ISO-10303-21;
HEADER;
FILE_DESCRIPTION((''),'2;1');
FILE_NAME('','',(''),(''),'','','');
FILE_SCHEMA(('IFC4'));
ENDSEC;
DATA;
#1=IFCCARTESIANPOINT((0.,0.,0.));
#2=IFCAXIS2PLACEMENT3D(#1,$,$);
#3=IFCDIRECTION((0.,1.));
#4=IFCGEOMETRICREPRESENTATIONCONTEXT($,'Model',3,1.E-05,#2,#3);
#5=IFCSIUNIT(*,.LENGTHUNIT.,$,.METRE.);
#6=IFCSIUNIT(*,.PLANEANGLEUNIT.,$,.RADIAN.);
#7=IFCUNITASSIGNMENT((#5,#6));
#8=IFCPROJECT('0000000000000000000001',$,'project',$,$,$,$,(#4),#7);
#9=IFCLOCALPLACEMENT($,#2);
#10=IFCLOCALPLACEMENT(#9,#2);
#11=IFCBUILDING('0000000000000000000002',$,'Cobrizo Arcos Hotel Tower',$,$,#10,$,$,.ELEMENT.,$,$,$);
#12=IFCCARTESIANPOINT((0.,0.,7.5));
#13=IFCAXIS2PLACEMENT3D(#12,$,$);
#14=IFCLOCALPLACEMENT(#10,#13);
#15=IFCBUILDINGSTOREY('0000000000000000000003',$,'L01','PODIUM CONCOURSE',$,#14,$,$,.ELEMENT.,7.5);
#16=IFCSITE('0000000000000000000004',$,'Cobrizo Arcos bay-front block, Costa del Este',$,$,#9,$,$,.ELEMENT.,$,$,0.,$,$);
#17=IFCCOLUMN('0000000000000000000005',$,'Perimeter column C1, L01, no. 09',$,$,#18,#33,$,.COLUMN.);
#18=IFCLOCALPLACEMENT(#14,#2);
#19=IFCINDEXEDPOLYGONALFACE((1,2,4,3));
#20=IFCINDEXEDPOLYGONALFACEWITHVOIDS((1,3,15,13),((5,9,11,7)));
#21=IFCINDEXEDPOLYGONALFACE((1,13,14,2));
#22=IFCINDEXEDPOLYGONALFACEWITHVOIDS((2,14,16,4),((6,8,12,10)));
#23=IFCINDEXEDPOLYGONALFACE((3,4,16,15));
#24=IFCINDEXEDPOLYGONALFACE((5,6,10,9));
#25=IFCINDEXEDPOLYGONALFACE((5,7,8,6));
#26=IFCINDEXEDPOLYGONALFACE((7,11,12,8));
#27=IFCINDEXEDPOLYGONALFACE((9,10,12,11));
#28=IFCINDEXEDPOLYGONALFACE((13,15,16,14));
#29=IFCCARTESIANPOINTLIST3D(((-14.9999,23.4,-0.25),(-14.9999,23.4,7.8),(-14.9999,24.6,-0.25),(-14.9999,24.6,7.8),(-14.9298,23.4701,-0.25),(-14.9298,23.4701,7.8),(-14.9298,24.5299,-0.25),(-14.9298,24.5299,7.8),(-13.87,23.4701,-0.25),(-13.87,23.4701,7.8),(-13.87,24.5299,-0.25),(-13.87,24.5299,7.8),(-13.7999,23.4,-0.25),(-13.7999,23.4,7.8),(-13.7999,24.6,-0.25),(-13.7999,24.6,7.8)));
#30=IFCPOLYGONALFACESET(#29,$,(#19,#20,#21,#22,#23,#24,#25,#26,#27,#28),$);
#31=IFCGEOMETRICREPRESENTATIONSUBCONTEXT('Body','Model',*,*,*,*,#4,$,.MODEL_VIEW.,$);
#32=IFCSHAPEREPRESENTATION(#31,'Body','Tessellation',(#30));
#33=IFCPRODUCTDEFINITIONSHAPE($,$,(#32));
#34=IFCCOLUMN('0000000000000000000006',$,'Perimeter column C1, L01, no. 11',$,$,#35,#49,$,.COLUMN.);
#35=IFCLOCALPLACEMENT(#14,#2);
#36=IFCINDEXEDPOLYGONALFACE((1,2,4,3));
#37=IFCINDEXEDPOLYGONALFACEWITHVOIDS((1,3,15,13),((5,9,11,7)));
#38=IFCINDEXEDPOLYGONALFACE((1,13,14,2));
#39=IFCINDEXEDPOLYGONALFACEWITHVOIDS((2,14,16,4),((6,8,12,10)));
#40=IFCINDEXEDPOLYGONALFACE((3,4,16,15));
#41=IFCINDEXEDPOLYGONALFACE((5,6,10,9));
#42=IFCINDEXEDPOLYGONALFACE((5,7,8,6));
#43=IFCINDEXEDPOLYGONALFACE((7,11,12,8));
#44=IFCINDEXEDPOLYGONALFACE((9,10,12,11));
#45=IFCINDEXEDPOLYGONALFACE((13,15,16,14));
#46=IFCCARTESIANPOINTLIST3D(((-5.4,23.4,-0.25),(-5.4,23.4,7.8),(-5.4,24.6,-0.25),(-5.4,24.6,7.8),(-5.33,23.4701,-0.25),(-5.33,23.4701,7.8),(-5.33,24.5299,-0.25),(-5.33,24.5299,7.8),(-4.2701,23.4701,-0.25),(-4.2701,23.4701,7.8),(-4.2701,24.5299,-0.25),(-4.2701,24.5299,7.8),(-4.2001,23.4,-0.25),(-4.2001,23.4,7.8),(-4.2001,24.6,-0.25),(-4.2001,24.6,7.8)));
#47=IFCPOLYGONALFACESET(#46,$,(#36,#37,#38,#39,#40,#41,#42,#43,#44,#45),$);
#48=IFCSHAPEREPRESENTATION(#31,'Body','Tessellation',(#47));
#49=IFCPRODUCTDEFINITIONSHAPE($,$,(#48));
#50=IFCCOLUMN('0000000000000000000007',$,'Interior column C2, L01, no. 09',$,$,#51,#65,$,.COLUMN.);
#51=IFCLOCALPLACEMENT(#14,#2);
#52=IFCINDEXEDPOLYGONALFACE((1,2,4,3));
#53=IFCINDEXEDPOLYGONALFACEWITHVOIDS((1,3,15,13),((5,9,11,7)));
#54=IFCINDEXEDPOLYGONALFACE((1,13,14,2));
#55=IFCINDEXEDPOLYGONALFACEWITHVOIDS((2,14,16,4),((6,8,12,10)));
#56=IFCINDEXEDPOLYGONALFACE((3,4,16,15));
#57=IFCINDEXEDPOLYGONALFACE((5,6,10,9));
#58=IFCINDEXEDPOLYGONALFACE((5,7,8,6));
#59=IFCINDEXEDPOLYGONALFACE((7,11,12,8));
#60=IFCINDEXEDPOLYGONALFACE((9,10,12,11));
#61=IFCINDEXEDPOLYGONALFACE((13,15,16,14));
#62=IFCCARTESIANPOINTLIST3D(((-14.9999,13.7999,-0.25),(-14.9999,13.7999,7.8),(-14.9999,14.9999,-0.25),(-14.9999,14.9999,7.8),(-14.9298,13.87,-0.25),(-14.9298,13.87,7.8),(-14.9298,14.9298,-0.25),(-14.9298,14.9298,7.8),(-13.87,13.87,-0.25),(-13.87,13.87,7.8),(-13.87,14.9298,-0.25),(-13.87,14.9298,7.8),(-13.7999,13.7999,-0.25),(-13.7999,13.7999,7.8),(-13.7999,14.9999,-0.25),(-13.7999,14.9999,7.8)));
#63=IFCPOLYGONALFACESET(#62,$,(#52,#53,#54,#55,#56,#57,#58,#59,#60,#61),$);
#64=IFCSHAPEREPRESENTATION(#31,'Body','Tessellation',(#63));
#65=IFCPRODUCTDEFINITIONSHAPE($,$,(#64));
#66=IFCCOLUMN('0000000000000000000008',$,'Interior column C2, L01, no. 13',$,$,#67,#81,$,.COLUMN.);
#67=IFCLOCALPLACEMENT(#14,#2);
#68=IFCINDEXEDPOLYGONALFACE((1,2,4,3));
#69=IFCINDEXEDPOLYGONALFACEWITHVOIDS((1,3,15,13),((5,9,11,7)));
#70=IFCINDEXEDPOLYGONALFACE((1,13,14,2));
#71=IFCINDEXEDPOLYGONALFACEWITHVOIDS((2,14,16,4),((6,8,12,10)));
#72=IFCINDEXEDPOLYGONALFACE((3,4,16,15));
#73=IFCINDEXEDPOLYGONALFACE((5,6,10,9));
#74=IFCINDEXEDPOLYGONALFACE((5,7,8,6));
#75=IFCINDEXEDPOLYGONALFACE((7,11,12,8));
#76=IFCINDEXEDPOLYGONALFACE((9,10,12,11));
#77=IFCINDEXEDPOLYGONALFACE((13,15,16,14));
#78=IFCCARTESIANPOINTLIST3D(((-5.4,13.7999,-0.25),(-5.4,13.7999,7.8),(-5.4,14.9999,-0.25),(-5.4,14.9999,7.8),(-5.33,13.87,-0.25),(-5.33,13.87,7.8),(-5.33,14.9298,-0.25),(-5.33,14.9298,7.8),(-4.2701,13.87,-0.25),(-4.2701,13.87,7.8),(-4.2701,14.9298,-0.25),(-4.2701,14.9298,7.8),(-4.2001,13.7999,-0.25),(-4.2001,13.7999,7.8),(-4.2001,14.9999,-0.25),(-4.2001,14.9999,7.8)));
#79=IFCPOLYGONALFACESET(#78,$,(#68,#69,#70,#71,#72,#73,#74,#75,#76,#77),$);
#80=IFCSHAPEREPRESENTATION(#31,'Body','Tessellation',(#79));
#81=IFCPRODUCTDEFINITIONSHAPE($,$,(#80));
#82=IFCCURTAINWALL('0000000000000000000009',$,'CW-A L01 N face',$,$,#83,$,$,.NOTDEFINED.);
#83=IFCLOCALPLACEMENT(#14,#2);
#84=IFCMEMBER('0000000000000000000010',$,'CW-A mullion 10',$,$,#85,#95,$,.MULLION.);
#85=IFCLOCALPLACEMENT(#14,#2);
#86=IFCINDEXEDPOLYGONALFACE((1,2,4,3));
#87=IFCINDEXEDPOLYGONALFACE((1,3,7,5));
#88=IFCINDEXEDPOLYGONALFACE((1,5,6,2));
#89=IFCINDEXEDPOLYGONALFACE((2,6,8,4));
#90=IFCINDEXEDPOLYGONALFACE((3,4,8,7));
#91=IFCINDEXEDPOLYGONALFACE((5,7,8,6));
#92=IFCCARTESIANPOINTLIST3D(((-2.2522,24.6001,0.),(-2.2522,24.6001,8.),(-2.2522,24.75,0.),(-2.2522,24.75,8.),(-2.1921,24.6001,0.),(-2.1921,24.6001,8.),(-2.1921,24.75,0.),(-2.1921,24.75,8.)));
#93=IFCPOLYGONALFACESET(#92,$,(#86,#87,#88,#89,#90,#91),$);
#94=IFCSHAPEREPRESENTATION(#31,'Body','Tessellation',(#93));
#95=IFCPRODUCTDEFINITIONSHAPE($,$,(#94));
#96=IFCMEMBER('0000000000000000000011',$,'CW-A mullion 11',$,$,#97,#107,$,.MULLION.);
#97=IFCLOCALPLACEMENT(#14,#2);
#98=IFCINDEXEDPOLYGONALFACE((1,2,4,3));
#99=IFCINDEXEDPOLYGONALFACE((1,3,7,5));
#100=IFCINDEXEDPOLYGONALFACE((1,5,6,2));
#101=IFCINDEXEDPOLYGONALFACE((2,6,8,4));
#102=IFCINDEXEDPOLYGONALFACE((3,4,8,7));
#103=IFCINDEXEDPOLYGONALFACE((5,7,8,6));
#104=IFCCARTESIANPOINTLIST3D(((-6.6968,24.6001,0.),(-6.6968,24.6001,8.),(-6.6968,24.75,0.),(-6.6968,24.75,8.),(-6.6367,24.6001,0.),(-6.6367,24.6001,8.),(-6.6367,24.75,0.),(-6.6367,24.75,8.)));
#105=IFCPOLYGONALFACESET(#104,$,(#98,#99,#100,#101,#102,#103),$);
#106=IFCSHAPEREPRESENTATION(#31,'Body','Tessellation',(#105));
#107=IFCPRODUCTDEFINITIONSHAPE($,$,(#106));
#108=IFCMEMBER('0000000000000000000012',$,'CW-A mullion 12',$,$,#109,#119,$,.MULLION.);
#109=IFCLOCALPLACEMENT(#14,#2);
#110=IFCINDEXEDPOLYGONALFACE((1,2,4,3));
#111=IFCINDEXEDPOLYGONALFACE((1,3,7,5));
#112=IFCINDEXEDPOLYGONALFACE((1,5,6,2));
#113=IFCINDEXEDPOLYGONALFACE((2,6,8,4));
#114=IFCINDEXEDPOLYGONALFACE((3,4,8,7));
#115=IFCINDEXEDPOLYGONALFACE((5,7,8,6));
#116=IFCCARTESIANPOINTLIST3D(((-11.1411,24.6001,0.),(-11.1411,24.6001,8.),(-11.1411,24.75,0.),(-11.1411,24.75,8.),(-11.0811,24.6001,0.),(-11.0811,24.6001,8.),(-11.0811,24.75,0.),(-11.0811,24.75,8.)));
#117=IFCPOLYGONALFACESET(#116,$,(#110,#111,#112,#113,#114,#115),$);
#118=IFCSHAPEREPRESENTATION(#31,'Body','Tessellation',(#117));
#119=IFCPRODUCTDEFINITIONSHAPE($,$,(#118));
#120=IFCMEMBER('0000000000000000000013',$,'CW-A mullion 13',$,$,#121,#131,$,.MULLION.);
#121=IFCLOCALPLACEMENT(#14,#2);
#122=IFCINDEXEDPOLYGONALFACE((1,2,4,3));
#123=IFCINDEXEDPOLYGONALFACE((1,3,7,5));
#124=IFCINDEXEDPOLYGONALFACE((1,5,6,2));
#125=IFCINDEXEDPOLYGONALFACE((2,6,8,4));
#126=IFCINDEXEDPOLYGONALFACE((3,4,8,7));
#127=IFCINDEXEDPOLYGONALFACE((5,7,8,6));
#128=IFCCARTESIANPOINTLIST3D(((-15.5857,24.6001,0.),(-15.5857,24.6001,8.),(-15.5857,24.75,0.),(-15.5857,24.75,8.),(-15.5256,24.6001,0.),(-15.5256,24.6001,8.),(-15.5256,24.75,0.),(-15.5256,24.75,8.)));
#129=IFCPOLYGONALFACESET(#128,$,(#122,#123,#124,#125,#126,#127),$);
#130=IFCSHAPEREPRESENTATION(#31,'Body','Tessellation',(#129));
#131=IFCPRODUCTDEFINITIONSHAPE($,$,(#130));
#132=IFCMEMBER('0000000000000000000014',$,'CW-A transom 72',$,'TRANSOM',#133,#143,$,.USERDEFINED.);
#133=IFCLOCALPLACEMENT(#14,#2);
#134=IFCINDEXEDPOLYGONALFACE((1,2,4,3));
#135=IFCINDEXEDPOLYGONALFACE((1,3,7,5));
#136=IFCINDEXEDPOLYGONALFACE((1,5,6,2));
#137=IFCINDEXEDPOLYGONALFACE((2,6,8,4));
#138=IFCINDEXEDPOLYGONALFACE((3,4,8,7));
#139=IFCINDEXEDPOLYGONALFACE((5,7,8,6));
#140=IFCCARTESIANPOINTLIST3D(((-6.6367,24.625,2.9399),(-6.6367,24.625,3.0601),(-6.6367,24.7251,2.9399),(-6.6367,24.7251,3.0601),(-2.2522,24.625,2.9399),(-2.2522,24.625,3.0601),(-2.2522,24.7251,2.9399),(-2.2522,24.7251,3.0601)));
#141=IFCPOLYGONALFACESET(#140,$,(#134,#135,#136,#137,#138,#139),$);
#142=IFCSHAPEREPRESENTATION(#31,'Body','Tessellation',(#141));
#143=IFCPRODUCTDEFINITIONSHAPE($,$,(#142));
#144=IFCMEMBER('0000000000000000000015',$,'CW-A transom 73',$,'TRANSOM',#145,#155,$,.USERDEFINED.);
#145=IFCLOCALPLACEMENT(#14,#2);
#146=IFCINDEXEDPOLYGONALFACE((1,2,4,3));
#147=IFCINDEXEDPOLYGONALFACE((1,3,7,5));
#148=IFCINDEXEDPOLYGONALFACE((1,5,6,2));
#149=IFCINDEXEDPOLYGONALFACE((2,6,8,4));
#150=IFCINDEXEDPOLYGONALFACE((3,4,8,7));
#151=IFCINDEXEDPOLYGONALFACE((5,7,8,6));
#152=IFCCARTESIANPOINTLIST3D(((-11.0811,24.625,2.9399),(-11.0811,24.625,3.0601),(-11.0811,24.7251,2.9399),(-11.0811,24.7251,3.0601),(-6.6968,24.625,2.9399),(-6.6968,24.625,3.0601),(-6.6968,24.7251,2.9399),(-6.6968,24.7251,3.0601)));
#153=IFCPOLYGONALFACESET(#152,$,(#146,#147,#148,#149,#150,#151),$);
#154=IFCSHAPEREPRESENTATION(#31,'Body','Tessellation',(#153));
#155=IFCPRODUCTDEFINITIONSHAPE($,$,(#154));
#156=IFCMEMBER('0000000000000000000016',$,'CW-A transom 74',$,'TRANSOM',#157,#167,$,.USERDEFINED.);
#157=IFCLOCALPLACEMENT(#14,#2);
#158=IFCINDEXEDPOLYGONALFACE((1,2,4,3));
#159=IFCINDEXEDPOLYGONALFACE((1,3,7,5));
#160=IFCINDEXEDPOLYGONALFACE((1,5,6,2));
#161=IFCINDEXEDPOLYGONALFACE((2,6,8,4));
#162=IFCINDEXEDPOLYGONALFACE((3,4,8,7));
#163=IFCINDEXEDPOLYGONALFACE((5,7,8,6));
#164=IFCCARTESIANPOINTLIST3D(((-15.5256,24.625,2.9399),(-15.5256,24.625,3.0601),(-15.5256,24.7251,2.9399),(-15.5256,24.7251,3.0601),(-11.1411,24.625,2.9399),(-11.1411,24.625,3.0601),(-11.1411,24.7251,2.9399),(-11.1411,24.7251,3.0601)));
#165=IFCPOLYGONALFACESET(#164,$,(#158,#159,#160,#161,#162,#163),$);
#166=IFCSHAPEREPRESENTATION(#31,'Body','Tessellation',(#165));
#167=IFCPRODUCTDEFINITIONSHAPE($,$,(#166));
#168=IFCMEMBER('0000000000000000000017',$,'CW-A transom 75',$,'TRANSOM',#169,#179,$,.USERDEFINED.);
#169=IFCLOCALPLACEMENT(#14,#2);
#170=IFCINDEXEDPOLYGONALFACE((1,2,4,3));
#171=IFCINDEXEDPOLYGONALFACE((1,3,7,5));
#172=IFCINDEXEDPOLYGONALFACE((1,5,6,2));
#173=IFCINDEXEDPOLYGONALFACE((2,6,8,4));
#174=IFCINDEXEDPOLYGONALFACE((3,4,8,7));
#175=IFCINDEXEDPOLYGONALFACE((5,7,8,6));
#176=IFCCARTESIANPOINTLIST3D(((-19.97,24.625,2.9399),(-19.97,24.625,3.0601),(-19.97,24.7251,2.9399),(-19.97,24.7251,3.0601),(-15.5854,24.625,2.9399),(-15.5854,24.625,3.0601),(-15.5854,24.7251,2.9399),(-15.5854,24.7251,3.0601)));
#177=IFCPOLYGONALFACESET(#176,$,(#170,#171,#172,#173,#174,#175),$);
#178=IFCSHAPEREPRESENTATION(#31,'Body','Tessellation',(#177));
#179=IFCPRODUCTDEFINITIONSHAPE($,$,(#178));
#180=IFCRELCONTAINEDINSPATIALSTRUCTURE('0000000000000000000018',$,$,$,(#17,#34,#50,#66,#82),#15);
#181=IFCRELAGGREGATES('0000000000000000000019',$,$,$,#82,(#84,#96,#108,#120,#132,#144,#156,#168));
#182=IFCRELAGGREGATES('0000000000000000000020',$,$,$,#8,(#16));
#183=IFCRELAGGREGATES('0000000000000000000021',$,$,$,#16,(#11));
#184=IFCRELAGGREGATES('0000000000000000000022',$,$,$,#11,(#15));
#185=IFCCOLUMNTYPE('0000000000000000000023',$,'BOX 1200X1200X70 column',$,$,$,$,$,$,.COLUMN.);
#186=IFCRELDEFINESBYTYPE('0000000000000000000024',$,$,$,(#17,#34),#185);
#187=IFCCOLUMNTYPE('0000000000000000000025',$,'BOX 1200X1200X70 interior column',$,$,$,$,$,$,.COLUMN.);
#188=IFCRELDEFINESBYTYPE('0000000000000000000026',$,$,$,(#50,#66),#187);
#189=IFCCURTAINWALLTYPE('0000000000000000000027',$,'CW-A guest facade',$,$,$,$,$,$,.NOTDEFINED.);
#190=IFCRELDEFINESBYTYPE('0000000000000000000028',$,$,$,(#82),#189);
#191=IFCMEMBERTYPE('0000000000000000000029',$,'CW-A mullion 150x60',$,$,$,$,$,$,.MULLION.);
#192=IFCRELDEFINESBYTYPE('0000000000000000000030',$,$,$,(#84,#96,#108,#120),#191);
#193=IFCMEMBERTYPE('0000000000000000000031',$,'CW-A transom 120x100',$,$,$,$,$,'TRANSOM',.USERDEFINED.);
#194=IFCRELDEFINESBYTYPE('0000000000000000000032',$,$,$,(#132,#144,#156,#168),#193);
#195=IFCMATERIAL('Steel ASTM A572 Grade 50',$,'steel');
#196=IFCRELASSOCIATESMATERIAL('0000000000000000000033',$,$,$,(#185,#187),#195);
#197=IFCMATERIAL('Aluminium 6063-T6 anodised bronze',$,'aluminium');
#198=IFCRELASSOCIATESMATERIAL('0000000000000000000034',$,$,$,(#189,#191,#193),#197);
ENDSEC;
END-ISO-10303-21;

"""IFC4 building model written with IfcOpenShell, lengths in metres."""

from ifc_helpers import new_model, si_unit, direction, frame, origin, origin_2d, place, context, subcontext, project, spatial, rectangle, hollow_rectangle, extrude, material, material_profile, profile_set, type_object, element, aggregate, save


model = new_model("IFC4")

# Units and contexts
model_context = context("Model", 3, precision=1e-05, world=origin(), true_north=direction((0.0, 1.0)))
body_context = subcontext(model_context, "Body", "Model", "MODEL_VIEW")
ifc_project = project(units=[si_unit("LENGTHUNIT", "METRE"), si_unit("PLANEANGLEUNIT", "RADIAN")], contexts=[model_context])

# Site, building, storey
site_placement = place(None, origin())
site = spatial("IfcSite", under=ifc_project, at=site_placement, Name="Cobrizo Arcos bay-front block, Costa del Este", CompositionType="ELEMENT", RefElevation=0.0)
building_placement = place(site_placement, origin())
building = spatial("IfcBuilding", under=site, at=building_placement, Name="Cobrizo Arcos Hotel Tower", CompositionType="ELEMENT")
storey_placement = place(building_placement, frame((0.0, 0.0, 7.5)))
storey = spatial("IfcBuildingStorey", under=building, at=storey_placement, Name="L01", Description="PODIUM CONCOURSE", CompositionType="ELEMENT", Elevation=7.5)

# Columns
ifc_material_1 = material(Name="Steel ASTM A572 Grade 50", Category="steel")
ifc_material_profile_1 = material_profile(ifc_material_1, hollow_rectangle(XDim=1.2, YDim=1.2, WallThickness=0.0701, at=origin_2d()), Name="BOX 1200X1200X70")
ifc_profile_set_1 = profile_set([ifc_material_profile_1], Name="Steel ASTM A572 Grade 50")
column_type_1 = type_object("IfcColumnType", Name="BOX 1200X1200X70 column", PredefinedType="COLUMN", material=ifc_profile_set_1)
for number, where, z_axis, x_axis, name in (
    (1, (-14.3999, 24.0, -0.25), (0.0, 0.0, 1.0), (1.0, 0.0, 0.0), "Perimeter column C1, L01, no. 09"),
    (2, (-4.8, 24.0, -0.25), (0.0, 0.0, 1.0), (1.0, 0.0, 0.0), "Perimeter column C1, L01, no. 11"),
):
    element("IfcColumn", number, at=place(storey_placement, frame(where, z_axis=z_axis, x_axis=x_axis)), inside=storey, type_object=column_type_1, Name=name, PredefinedType="COLUMN", context=body_context, shape_type="SweptSolid", body=[
        extrude(hollow_rectangle(XDim=1.2, YDim=1.2, WallThickness=0.0701, at=origin_2d()), origin(), (0.0, 0.0, 1.0), 8.05),
    ])
ifc_material_profile_2 = material_profile(ifc_material_1, hollow_rectangle(XDim=1.2, YDim=1.2, WallThickness=0.0701, at=origin_2d()), Name="BOX 1200X1200X70")
ifc_profile_set_2 = profile_set([ifc_material_profile_2], Name="Steel ASTM A572 Grade 50")
column_type_2 = type_object("IfcColumnType", Name="BOX 1200X1200X70 interior column", PredefinedType="COLUMN", material=ifc_profile_set_2)
for number, where, z_axis, x_axis, name in (
    (3, (-14.3999, 14.3999, -0.25), (0.0, 0.0, 1.0), (1.0, 0.0, 0.0), "Interior column C2, L01, no. 09"),
    (4, (-4.8, 14.3999, -0.25), (0.0, 0.0, 1.0), (1.0, 0.0, 0.0), "Interior column C2, L01, no. 13"),
):
    element("IfcColumn", number, at=place(storey_placement, frame(where, z_axis=z_axis, x_axis=x_axis)), inside=storey, type_object=column_type_2, Name=name, PredefinedType="COLUMN", context=body_context, shape_type="SweptSolid", body=[
        extrude(hollow_rectangle(XDim=1.2, YDim=1.2, WallThickness=0.0701, at=origin_2d()), origin(), (0.0, 0.0, 1.0), 8.05),
    ])

# Curtain wall, members
ifc_material_2 = material(Name="Aluminium 6063-T6 anodised bronze", Category="aluminium")
curtain_wall_type = type_object("IfcCurtainWallType", Name="CW-A guest facade", PredefinedType="NOTDEFINED", material=ifc_material_2)
curtain_wall_placement = place(storey_placement, origin())
curtain_wall = element("IfcCurtainWall", 5, at=curtain_wall_placement, inside=storey, type_object=curtain_wall_type, Name="CW-A L01 N face", PredefinedType="NOTDEFINED")
ifc_material_profile_3 = material_profile(ifc_material_2, rectangle(XDim=0.1499, YDim=0.0601, at=origin_2d()), Name="CW-A mullion 150x60")
ifc_profile_set_3 = profile_set([ifc_material_profile_3], Name="Aluminium 6063-T6 anodised bronze")
member_type_1 = type_object("IfcMemberType", Name="CW-A mullion 150x60", PredefinedType="MULLION", material=ifc_profile_set_3)
member_1_placement = place(storey_placement, frame((-2.2222, 24.675, 0.0), z_axis=(0.0, 0.0, 1.0), x_axis=(0.0, 1.0, 0.0)))
member_1 = element("IfcMember", 6, at=member_1_placement, type_object=member_type_1, Name="CW-A mullion 10", PredefinedType="MULLION", context=body_context, shape_type="SweptSolid", body=[
    extrude(rectangle(XDim=0.1499, YDim=0.0601, at=origin_2d()), origin(), (0.0, 0.0, 1.0), 8.0),
])
member_2_placement = place(storey_placement, frame((-6.6667, 24.675, 0.0), z_axis=(0.0, 0.0, 1.0), x_axis=(0.0, 1.0, 0.0)))
member_2 = element("IfcMember", 7, at=member_2_placement, type_object=member_type_1, Name="CW-A mullion 11", PredefinedType="MULLION", context=body_context, shape_type="SweptSolid", body=[
    extrude(rectangle(XDim=0.1499, YDim=0.0601, at=origin_2d()), origin(), (0.0, 0.0, 1.0), 8.0),
])
member_3_placement = place(storey_placement, frame((-11.1111, 24.675, 0.0), z_axis=(0.0, 0.0, 1.0), x_axis=(0.0, 1.0, 0.0)))
member_3 = element("IfcMember", 8, at=member_3_placement, type_object=member_type_1, Name="CW-A mullion 12", PredefinedType="MULLION", context=body_context, shape_type="SweptSolid", body=[
    extrude(rectangle(XDim=0.1499, YDim=0.0601, at=origin_2d()), origin(), (0.0, 0.0, 1.0), 8.0),
])
member_4_placement = place(storey_placement, frame((-15.5557, 24.675, 0.0), z_axis=(0.0, 0.0, 1.0), x_axis=(0.0, 1.0, 0.0)))
member_4 = element("IfcMember", 9, at=member_4_placement, type_object=member_type_1, Name="CW-A mullion 13", PredefinedType="MULLION", context=body_context, shape_type="SweptSolid", body=[
    extrude(rectangle(XDim=0.1499, YDim=0.0601, at=origin_2d()), origin(), (0.0, 0.0, 1.0), 8.0),
])
ifc_material_profile_4 = material_profile(ifc_material_2, rectangle(XDim=0.1001, YDim=0.1201, at=origin_2d()), Name="CW-A transom 120x100")
ifc_profile_set_4 = profile_set([ifc_material_profile_4], Name="Aluminium 6063-T6 anodised bronze")
member_type_2 = type_object("IfcMemberType", Name="CW-A transom 120x100", ElementType="TRANSOM", PredefinedType="USERDEFINED", material=ifc_profile_set_4)
member_5_placement = place(storey_placement, frame((-2.2522, 24.675, 3.0), z_axis=(-1.0, 0.0, 0.0), x_axis=(0.0, -1.0, 0.0)))
member_5 = element("IfcMember", 10, at=member_5_placement, type_object=member_type_2, Name="CW-A transom 72", ObjectType="TRANSOM", PredefinedType="USERDEFINED", context=body_context, shape_type="SweptSolid", body=[
    extrude(rectangle(XDim=0.1001, YDim=0.1201, at=origin_2d()), origin(), (0.0, 0.0, 1.0), 4.3845),
])
member_6_placement = place(storey_placement, frame((-6.6968, 24.675, 3.0), z_axis=(-1.0, 0.0, 0.0), x_axis=(0.0, -1.0, 0.0)))
member_6 = element("IfcMember", 11, at=member_6_placement, type_object=member_type_2, Name="CW-A transom 73", ObjectType="TRANSOM", PredefinedType="USERDEFINED", context=body_context, shape_type="SweptSolid", body=[
    extrude(rectangle(XDim=0.1001, YDim=0.1201, at=origin_2d()), origin(), (0.0, 0.0, 1.0), 4.3843),
])
member_7_placement = place(storey_placement, frame((-11.1411, 24.675, 3.0), z_axis=(-1.0, 0.0, 0.0), x_axis=(0.0, -1.0, 0.0)))
member_7 = element("IfcMember", 12, at=member_7_placement, type_object=member_type_2, Name="CW-A transom 74", ObjectType="TRANSOM", PredefinedType="USERDEFINED", context=body_context, shape_type="SweptSolid", body=[
    extrude(rectangle(XDim=0.1001, YDim=0.1201, at=origin_2d()), origin(), (0.0, 0.0, 1.0), 4.3845),
])
member_8_placement = place(storey_placement, frame((-15.5854, 24.675, 3.0), z_axis=(-1.0, 0.0, 0.0), x_axis=(0.0, -1.0, 0.0)))
member_8 = element("IfcMember", 13, at=member_8_placement, type_object=member_type_2, Name="CW-A transom 75", ObjectType="TRANSOM", PredefinedType="USERDEFINED", context=body_context, shape_type="SweptSolid", body=[
    extrude(rectangle(XDim=0.1001, YDim=0.1201, at=origin_2d()), origin(), (0.0, 0.0, 1.0), 4.3845),
])

aggregate(curtain_wall, [member_1, member_2, member_3, member_4, member_5, member_6, member_7, member_8])

save(model, "model.ifc")
